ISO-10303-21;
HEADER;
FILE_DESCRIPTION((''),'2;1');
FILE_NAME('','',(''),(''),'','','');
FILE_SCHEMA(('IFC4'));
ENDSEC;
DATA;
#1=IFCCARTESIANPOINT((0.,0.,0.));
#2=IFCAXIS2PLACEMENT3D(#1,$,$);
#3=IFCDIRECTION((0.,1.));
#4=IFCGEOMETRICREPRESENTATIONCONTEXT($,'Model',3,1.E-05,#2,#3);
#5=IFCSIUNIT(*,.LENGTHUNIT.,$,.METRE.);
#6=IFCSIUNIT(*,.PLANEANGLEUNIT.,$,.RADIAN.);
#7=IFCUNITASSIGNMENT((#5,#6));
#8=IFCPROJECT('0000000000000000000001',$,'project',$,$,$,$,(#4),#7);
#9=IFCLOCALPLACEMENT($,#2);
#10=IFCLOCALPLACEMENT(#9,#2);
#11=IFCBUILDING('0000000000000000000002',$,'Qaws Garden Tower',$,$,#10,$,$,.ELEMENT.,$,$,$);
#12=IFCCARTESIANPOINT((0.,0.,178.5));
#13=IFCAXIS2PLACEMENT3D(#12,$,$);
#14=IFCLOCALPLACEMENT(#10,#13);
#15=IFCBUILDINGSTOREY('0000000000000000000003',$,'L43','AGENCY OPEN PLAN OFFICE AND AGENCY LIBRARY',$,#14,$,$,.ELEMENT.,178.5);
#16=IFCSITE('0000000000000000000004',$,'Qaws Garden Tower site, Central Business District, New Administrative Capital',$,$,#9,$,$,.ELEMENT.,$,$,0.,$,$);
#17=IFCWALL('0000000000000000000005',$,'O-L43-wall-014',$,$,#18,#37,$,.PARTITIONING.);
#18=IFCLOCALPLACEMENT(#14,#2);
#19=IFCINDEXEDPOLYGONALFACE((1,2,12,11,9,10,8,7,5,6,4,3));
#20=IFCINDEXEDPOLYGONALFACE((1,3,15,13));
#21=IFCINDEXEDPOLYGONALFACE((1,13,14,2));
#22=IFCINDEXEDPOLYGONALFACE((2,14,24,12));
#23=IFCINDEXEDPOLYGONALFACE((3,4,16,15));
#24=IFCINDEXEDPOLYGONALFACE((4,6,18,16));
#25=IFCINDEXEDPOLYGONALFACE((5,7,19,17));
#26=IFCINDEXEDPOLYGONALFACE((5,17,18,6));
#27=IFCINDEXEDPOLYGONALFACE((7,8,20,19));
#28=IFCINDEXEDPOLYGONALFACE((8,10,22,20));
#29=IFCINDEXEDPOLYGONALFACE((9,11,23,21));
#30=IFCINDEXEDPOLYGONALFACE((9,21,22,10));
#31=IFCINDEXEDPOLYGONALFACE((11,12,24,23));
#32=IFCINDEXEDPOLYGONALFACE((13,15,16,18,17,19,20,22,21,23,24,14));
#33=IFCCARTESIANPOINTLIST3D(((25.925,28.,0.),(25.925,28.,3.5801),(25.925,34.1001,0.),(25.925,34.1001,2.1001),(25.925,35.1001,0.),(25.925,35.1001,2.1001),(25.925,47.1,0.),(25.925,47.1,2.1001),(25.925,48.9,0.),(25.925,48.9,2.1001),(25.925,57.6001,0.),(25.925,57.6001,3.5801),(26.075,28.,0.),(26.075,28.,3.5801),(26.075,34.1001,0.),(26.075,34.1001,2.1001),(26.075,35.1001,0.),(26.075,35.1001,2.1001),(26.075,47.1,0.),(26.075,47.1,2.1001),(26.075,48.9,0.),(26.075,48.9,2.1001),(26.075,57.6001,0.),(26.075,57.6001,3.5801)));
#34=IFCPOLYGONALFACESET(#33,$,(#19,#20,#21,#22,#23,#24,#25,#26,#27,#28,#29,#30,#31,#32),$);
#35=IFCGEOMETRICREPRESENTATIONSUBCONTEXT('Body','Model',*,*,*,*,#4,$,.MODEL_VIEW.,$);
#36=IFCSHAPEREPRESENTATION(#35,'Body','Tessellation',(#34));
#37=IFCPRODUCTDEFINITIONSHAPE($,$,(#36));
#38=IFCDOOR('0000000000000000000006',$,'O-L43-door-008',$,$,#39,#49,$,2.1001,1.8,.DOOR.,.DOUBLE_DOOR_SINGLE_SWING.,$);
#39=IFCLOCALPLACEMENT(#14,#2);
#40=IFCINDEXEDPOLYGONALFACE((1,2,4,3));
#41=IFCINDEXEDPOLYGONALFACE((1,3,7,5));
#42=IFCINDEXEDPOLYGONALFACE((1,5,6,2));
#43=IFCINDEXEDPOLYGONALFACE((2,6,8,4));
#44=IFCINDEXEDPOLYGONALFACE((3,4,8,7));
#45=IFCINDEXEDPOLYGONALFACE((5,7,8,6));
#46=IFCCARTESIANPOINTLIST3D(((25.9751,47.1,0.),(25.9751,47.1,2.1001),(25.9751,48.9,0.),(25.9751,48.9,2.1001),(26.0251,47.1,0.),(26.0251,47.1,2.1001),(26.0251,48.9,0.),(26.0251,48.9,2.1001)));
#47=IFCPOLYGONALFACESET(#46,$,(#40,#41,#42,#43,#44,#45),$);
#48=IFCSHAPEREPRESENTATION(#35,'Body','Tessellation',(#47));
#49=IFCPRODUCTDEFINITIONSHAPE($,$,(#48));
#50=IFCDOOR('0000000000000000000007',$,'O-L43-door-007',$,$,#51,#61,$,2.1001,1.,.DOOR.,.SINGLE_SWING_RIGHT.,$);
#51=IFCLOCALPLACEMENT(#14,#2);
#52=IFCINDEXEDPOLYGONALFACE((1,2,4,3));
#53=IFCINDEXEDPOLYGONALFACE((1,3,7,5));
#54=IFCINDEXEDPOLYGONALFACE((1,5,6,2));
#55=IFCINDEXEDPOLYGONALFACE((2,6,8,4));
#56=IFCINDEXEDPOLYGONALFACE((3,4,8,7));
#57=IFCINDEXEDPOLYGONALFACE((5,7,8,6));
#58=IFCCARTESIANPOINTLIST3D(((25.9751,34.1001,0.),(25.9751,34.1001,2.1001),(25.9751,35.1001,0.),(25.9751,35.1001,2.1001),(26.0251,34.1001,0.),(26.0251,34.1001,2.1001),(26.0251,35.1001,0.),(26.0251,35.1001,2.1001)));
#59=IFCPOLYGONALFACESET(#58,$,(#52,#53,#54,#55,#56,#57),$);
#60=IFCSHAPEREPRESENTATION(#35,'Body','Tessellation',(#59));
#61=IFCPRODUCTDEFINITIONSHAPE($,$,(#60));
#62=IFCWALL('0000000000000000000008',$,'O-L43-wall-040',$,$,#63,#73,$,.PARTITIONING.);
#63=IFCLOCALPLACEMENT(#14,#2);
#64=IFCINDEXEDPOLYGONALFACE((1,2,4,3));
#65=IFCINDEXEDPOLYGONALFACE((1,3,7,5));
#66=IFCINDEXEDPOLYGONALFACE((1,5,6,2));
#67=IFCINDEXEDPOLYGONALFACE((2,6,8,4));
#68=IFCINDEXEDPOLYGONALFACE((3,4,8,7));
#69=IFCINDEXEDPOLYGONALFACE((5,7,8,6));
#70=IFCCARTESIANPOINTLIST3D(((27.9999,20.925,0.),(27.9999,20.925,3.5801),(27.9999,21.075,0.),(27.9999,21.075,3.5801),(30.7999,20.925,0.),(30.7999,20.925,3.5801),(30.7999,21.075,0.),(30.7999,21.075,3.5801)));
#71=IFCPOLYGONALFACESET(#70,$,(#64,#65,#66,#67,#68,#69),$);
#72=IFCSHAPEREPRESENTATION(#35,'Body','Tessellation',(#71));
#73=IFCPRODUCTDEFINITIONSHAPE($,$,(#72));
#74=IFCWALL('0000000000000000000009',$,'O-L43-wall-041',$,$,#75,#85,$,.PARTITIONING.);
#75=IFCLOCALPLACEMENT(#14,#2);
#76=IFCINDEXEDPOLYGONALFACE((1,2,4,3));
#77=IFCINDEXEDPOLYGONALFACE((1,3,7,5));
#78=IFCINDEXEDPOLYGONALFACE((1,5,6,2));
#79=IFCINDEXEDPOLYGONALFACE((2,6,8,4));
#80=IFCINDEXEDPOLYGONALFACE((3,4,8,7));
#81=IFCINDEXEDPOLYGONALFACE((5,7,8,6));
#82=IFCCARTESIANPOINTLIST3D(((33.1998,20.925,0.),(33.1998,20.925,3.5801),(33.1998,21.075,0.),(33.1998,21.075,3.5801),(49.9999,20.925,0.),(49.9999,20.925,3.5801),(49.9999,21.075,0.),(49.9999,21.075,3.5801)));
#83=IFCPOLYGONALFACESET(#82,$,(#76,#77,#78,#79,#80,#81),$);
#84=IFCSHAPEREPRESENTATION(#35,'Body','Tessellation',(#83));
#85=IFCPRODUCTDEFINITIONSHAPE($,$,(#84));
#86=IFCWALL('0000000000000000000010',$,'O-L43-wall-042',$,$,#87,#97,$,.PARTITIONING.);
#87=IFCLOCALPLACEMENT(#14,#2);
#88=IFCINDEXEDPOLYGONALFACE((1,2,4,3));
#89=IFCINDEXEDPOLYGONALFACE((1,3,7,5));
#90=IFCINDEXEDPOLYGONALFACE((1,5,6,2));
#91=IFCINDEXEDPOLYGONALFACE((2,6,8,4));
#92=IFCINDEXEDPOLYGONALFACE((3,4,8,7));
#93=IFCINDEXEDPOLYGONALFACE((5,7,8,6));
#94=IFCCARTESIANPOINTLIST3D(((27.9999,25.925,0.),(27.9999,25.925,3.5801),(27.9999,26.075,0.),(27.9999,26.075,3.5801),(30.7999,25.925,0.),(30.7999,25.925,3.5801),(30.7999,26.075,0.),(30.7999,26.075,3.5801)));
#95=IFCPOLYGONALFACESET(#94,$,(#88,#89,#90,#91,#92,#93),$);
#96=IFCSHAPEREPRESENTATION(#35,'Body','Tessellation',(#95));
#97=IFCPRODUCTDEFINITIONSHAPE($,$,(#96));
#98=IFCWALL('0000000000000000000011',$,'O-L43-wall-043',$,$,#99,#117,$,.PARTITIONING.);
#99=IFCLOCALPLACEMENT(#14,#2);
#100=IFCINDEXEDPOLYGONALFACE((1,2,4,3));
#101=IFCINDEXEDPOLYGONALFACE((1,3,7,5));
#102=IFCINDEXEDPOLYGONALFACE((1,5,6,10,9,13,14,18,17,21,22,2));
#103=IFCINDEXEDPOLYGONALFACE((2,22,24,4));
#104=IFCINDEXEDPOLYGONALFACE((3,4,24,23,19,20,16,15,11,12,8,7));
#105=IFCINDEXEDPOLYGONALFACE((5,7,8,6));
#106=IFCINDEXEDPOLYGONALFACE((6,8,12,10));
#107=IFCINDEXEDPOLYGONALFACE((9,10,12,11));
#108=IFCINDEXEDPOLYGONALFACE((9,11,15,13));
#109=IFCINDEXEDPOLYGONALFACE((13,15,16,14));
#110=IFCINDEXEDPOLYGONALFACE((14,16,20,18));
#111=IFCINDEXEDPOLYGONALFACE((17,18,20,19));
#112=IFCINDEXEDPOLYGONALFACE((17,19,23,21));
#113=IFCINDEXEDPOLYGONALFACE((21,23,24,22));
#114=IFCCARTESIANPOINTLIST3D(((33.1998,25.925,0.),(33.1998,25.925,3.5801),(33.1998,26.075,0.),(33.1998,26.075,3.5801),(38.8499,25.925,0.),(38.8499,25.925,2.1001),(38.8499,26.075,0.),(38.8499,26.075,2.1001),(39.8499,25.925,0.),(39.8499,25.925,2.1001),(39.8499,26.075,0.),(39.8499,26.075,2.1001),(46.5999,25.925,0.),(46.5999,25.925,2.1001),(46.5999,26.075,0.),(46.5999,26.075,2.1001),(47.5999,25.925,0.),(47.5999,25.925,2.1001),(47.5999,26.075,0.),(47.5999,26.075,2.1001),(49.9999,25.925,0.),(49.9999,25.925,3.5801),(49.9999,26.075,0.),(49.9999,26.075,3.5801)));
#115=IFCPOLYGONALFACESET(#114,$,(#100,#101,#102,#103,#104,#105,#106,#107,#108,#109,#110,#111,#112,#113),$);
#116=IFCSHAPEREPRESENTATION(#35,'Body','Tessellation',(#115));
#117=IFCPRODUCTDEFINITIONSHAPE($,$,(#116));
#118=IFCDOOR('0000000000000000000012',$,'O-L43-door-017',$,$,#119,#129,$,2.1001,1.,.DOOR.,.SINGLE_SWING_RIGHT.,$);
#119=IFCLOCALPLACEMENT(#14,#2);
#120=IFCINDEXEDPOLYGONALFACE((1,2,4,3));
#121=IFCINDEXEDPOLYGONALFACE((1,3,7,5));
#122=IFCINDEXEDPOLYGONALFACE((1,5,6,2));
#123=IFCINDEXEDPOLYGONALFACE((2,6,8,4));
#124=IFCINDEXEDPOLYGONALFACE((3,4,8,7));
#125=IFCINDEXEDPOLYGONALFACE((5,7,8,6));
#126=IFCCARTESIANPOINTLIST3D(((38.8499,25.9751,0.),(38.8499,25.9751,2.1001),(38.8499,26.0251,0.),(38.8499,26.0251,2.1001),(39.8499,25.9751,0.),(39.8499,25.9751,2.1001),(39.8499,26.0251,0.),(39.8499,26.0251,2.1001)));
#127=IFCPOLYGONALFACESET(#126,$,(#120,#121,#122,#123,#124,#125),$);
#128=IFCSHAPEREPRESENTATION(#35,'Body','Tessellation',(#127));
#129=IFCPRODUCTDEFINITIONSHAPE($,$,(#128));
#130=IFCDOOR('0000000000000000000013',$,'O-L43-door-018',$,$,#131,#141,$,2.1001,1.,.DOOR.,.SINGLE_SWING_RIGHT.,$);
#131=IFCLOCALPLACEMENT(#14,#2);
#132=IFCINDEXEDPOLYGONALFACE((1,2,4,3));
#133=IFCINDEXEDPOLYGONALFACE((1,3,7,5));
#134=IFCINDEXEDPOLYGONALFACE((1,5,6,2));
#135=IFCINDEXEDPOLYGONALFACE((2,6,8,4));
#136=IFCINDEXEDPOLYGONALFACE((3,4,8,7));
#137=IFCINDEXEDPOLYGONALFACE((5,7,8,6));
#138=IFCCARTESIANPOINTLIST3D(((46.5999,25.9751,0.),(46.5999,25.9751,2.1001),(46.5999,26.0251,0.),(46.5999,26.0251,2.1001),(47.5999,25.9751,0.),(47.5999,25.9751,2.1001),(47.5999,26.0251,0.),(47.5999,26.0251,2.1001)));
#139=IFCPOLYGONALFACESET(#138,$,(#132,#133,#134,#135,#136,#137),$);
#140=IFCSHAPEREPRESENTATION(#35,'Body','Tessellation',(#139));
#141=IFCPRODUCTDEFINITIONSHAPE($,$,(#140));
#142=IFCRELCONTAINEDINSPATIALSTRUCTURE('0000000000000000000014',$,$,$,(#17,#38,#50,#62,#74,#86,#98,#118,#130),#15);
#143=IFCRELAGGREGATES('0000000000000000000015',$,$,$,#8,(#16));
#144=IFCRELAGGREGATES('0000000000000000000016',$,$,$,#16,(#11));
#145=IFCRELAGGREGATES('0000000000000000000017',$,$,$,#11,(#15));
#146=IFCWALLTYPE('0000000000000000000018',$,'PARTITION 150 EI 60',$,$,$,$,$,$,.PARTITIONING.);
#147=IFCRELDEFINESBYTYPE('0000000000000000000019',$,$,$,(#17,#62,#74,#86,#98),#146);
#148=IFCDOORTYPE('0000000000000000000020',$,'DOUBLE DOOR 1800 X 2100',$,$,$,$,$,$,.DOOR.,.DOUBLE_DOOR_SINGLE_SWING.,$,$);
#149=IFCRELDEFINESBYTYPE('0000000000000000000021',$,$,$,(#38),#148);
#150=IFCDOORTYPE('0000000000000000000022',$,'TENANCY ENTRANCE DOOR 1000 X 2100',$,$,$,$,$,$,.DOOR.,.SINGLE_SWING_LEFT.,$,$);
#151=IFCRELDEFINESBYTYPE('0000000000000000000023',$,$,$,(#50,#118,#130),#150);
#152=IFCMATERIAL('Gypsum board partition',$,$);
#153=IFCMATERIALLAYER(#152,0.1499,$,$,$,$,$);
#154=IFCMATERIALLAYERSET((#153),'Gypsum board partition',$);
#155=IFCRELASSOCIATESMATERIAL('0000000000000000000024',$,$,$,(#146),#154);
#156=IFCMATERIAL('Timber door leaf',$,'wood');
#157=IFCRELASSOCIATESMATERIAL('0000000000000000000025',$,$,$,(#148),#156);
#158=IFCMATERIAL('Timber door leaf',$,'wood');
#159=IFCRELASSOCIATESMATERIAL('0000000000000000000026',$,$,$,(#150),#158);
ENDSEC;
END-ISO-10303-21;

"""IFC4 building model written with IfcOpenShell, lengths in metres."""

from ifc_helpers import new_model, si_unit, direction, frame, frame_2d, origin, place, context, subcontext, project, spatial, rectangle, extrude, material, layer, layer_set, type_object, element, fill, save


model = new_model("IFC4")

# Units and contexts
model_context = context("Model", 3, precision=1e-05, world=origin(), true_north=direction((0.0, 1.0)))
body_context = subcontext(model_context, "Body", "Model", "MODEL_VIEW")
ifc_project = project(units=[si_unit("LENGTHUNIT", "METRE"), si_unit("PLANEANGLEUNIT", "RADIAN")], contexts=[model_context])

# Site, building, storey
site_placement = place(None, origin())
site = spatial("IfcSite", under=ifc_project, at=site_placement, Name="Qaws Garden Tower site, Central Business District, New Administrative Capital", CompositionType="ELEMENT", RefElevation=0.0)
building_placement = place(site_placement, origin())
building = spatial("IfcBuilding", under=site, at=building_placement, Name="Qaws Garden Tower", CompositionType="ELEMENT")
storey_placement = place(building_placement, frame((0.0, 0.0, 178.5)))
storey = spatial("IfcBuildingStorey", under=building, at=storey_placement, Name="L43", Description="AGENCY OPEN PLAN OFFICE AND AGENCY LIBRARY", CompositionType="ELEMENT", Elevation=178.5)

# Wall, openings, doors
ifc_material_1 = material(Name="Gypsum board partition")
ifc_layer_1 = layer(ifc_material_1, 0.1499)
ifc_layer_set_1 = layer_set([ifc_layer_1], Name="Gypsum board partition")
wall_type_1 = type_object("IfcWallType", Name="PARTITION 150 EI 60", PredefinedType="PARTITIONING", material=ifc_layer_set_1)
wall_1_placement = place(storey_placement, frame((26.0, 28.0, 0.0), z_axis=(0.0, 0.0, 1.0), x_axis=(0.0, 1.0, 0.0)))
wall_1 = element("IfcWall", 1, at=wall_1_placement, inside=storey, type_object=wall_type_1, Name="O-L43-wall-014", PredefinedType="PARTITIONING", context=body_context, shape_type="SweptSolid", body=[
    extrude(rectangle(XDim=29.6001, YDim=0.1499, at=frame_2d((14.8, 0.0))), origin(), (0.0, 0.0, 1.0), 3.5801),
])
opening_1_placement = place(wall_1_placement, frame((6.1001, 0.0, 0.0)))
opening_1 = element("IfcOpeningElement", 2, at=opening_1_placement, cuts=wall_1, PredefinedType="OPENING", context=body_context, shape_type="SweptSolid", body=[
    extrude(rectangle(XDim=1.0, YDim=2.1001, at=frame_2d((0.5, 1.05))), frame((0.0, 0.085, 0.0), z_axis=(0.0, -1.0, 0.0), x_axis=(1.0, 0.0, 0.0)), (0.0, 0.0, 1.0), 0.1699),
])
opening_2_placement = place(wall_1_placement, frame((19.1001, 0.0, 0.0)))
opening_2 = element("IfcOpeningElement", 3, at=opening_2_placement, cuts=wall_1, PredefinedType="OPENING", context=body_context, shape_type="SweptSolid", body=[
    extrude(rectangle(XDim=1.8, YDim=2.1001, at=frame_2d((0.8999, 1.05))), frame((0.0, 0.085, 0.0), z_axis=(0.0, -1.0, 0.0), x_axis=(1.0, 0.0, 0.0)), (0.0, 0.0, 1.0), 0.1699),
])
ifc_material_2 = material(Name="Timber door leaf", Category="wood")
door_type_1 = type_object("IfcDoorType", Name="DOUBLE DOOR 1800 X 2100", OperationType="DOUBLE_DOOR_SINGLE_SWING", PredefinedType="DOOR", material=ifc_material_2)
door_1_placement = place(opening_2_placement, origin())
door_1 = element("IfcDoor", 4, at=door_1_placement, inside=storey, type_object=door_type_1, Name="O-L43-door-008", OperationType="DOUBLE_DOOR_SINGLE_SWING", OverallHeight=2.1001, OverallWidth=1.8, PredefinedType="DOOR", context=body_context, shape_type="SweptSolid", body=[
    extrude(rectangle(XDim=1.8, YDim=2.1001, at=frame_2d((0.8999, 1.05))), frame((0.0, 0.0249, 0.0), z_axis=(0.0, -1.0, 0.0), x_axis=(1.0, 0.0, 0.0)), (0.0, 0.0, 1.0), 0.05),
])
fill(opening_2, door_1)
ifc_material_3 = material(Name="Timber door leaf", Category="wood")
door_type_2 = type_object("IfcDoorType", Name="TENANCY ENTRANCE DOOR 1000 X 2100", OperationType="SINGLE_SWING_LEFT", PredefinedType="DOOR", material=ifc_material_3)
door_2_placement = place(opening_1_placement, origin())
door_2 = element("IfcDoor", 5, at=door_2_placement, inside=storey, type_object=door_type_2, Name="O-L43-door-007", OperationType="SINGLE_SWING_RIGHT", OverallHeight=2.1001, OverallWidth=1.0, PredefinedType="DOOR", context=body_context, shape_type="SweptSolid", body=[
    extrude(rectangle(XDim=1.0, YDim=2.1001, at=frame_2d((0.5, 1.05))), frame((0.0, 0.0249, 0.0), z_axis=(0.0, -1.0, 0.0), x_axis=(1.0, 0.0, 0.0)), (0.0, 0.0, 1.0), 0.05),
])
fill(opening_1, door_2)

# Walls
wall_2_placement = place(storey_placement, frame((28.0, 21.0, 0.0), z_axis=(0.0, 0.0, 1.0), x_axis=(1.0, 0.0, 0.0)))
element("IfcWall", 6, at=wall_2_placement, inside=storey, type_object=wall_type_1, Name="O-L43-wall-040", PredefinedType="PARTITIONING", context=body_context, shape_type="SweptSolid", body=[
    extrude(rectangle(XDim=2.8, YDim=0.1499, at=frame_2d((1.3999, 0.0))), origin(), (0.0, 0.0, 1.0), 3.5801),
])
wall_3_placement = place(storey_placement, frame((33.2, 21.0, 0.0), z_axis=(0.0, 0.0, 1.0), x_axis=(1.0, 0.0, 0.0)))
element("IfcWall", 7, at=wall_3_placement, inside=storey, type_object=wall_type_1, Name="O-L43-wall-041", PredefinedType="PARTITIONING", context=body_context, shape_type="SweptSolid", body=[
    extrude(rectangle(XDim=16.8, YDim=0.1499, at=frame_2d((8.3999, 0.0))), origin(), (0.0, 0.0, 1.0), 3.5801),
])
wall_4_placement = place(storey_placement, frame((28.0, 26.0, 0.0), z_axis=(0.0, 0.0, 1.0), x_axis=(1.0, 0.0, 0.0)))
element("IfcWall", 8, at=wall_4_placement, inside=storey, type_object=wall_type_1, Name="O-L43-wall-042", PredefinedType="PARTITIONING", context=body_context, shape_type="SweptSolid", body=[
    extrude(rectangle(XDim=2.8, YDim=0.1499, at=frame_2d((1.3999, 0.0))), origin(), (0.0, 0.0, 1.0), 3.5801),
])

# Wall, openings, doors
wall_5_placement = place(storey_placement, frame((33.2, 26.0, 0.0), z_axis=(0.0, 0.0, 1.0), x_axis=(1.0, 0.0, 0.0)))
wall_5 = element("IfcWall", 9, at=wall_5_placement, inside=storey, type_object=wall_type_1, Name="O-L43-wall-043", PredefinedType="PARTITIONING", context=body_context, shape_type="SweptSolid", body=[
    extrude(rectangle(XDim=16.8, YDim=0.1499, at=frame_2d((8.3999, 0.0))), origin(), (0.0, 0.0, 1.0), 3.5801),
])
opening_3_placement = place(wall_5_placement, frame((5.6499, 0.0, 0.0)))
opening_3 = element("IfcOpeningElement", 10, at=opening_3_placement, cuts=wall_5, PredefinedType="OPENING", context=body_context, shape_type="SweptSolid", body=[
    extrude(rectangle(XDim=1.0, YDim=2.1001, at=frame_2d((0.5, 1.05))), frame((0.0, 0.085, 0.0), z_axis=(0.0, -1.0, 0.0), x_axis=(1.0, 0.0, 0.0)), (0.0, 0.0, 1.0), 0.1699),
])
opening_4_placement = place(wall_5_placement, frame((13.3999, 0.0, 0.0)))
opening_4 = element("IfcOpeningElement", 11, at=opening_4_placement, cuts=wall_5, PredefinedType="OPENING", context=body_context, shape_type="SweptSolid", body=[
    extrude(rectangle(XDim=1.0, YDim=2.1001, at=frame_2d((0.5, 1.05))), frame((0.0, 0.085, 0.0), z_axis=(0.0, -1.0, 0.0), x_axis=(1.0, 0.0, 0.0)), (0.0, 0.0, 1.0), 0.1699),
])
door_3_placement = place(opening_3_placement, frame((1.0, 0.0, 0.0), z_axis=(0.0, 0.0, 1.0), x_axis=(-1.0, 0.0, 0.0)))
door_3 = element("IfcDoor", 12, at=door_3_placement, inside=storey, type_object=door_type_2, Name="O-L43-door-017", OperationType="SINGLE_SWING_RIGHT", OverallHeight=2.1001, OverallWidth=1.0, PredefinedType="DOOR", context=body_context, shape_type="SweptSolid", body=[
    extrude(rectangle(XDim=1.0, YDim=2.1001, at=frame_2d((0.5, 1.05))), frame((0.0, 0.0249, 0.0), z_axis=(0.0, -1.0, 0.0), x_axis=(1.0, 0.0, 0.0)), (0.0, 0.0, 1.0), 0.05),
])
fill(opening_3, door_3)
door_4_placement = place(opening_4_placement, frame((1.0, 0.0, 0.0), z_axis=(0.0, 0.0, 1.0), x_axis=(-1.0, 0.0, 0.0)))
door_4 = element("IfcDoor", 13, at=door_4_placement, inside=storey, type_object=door_type_2, Name="O-L43-door-018", OperationType="SINGLE_SWING_RIGHT", OverallHeight=2.1001, OverallWidth=1.0, PredefinedType="DOOR", context=body_context, shape_type="SweptSolid", body=[
    extrude(rectangle(XDim=1.0, YDim=2.1001, at=frame_2d((0.5, 1.05))), frame((0.0, 0.0249, 0.0), z_axis=(0.0, -1.0, 0.0), x_axis=(1.0, 0.0, 0.0)), (0.0, 0.0, 1.0), 0.05),
])
fill(opening_4, door_4)

save(model, "model.ifc")
